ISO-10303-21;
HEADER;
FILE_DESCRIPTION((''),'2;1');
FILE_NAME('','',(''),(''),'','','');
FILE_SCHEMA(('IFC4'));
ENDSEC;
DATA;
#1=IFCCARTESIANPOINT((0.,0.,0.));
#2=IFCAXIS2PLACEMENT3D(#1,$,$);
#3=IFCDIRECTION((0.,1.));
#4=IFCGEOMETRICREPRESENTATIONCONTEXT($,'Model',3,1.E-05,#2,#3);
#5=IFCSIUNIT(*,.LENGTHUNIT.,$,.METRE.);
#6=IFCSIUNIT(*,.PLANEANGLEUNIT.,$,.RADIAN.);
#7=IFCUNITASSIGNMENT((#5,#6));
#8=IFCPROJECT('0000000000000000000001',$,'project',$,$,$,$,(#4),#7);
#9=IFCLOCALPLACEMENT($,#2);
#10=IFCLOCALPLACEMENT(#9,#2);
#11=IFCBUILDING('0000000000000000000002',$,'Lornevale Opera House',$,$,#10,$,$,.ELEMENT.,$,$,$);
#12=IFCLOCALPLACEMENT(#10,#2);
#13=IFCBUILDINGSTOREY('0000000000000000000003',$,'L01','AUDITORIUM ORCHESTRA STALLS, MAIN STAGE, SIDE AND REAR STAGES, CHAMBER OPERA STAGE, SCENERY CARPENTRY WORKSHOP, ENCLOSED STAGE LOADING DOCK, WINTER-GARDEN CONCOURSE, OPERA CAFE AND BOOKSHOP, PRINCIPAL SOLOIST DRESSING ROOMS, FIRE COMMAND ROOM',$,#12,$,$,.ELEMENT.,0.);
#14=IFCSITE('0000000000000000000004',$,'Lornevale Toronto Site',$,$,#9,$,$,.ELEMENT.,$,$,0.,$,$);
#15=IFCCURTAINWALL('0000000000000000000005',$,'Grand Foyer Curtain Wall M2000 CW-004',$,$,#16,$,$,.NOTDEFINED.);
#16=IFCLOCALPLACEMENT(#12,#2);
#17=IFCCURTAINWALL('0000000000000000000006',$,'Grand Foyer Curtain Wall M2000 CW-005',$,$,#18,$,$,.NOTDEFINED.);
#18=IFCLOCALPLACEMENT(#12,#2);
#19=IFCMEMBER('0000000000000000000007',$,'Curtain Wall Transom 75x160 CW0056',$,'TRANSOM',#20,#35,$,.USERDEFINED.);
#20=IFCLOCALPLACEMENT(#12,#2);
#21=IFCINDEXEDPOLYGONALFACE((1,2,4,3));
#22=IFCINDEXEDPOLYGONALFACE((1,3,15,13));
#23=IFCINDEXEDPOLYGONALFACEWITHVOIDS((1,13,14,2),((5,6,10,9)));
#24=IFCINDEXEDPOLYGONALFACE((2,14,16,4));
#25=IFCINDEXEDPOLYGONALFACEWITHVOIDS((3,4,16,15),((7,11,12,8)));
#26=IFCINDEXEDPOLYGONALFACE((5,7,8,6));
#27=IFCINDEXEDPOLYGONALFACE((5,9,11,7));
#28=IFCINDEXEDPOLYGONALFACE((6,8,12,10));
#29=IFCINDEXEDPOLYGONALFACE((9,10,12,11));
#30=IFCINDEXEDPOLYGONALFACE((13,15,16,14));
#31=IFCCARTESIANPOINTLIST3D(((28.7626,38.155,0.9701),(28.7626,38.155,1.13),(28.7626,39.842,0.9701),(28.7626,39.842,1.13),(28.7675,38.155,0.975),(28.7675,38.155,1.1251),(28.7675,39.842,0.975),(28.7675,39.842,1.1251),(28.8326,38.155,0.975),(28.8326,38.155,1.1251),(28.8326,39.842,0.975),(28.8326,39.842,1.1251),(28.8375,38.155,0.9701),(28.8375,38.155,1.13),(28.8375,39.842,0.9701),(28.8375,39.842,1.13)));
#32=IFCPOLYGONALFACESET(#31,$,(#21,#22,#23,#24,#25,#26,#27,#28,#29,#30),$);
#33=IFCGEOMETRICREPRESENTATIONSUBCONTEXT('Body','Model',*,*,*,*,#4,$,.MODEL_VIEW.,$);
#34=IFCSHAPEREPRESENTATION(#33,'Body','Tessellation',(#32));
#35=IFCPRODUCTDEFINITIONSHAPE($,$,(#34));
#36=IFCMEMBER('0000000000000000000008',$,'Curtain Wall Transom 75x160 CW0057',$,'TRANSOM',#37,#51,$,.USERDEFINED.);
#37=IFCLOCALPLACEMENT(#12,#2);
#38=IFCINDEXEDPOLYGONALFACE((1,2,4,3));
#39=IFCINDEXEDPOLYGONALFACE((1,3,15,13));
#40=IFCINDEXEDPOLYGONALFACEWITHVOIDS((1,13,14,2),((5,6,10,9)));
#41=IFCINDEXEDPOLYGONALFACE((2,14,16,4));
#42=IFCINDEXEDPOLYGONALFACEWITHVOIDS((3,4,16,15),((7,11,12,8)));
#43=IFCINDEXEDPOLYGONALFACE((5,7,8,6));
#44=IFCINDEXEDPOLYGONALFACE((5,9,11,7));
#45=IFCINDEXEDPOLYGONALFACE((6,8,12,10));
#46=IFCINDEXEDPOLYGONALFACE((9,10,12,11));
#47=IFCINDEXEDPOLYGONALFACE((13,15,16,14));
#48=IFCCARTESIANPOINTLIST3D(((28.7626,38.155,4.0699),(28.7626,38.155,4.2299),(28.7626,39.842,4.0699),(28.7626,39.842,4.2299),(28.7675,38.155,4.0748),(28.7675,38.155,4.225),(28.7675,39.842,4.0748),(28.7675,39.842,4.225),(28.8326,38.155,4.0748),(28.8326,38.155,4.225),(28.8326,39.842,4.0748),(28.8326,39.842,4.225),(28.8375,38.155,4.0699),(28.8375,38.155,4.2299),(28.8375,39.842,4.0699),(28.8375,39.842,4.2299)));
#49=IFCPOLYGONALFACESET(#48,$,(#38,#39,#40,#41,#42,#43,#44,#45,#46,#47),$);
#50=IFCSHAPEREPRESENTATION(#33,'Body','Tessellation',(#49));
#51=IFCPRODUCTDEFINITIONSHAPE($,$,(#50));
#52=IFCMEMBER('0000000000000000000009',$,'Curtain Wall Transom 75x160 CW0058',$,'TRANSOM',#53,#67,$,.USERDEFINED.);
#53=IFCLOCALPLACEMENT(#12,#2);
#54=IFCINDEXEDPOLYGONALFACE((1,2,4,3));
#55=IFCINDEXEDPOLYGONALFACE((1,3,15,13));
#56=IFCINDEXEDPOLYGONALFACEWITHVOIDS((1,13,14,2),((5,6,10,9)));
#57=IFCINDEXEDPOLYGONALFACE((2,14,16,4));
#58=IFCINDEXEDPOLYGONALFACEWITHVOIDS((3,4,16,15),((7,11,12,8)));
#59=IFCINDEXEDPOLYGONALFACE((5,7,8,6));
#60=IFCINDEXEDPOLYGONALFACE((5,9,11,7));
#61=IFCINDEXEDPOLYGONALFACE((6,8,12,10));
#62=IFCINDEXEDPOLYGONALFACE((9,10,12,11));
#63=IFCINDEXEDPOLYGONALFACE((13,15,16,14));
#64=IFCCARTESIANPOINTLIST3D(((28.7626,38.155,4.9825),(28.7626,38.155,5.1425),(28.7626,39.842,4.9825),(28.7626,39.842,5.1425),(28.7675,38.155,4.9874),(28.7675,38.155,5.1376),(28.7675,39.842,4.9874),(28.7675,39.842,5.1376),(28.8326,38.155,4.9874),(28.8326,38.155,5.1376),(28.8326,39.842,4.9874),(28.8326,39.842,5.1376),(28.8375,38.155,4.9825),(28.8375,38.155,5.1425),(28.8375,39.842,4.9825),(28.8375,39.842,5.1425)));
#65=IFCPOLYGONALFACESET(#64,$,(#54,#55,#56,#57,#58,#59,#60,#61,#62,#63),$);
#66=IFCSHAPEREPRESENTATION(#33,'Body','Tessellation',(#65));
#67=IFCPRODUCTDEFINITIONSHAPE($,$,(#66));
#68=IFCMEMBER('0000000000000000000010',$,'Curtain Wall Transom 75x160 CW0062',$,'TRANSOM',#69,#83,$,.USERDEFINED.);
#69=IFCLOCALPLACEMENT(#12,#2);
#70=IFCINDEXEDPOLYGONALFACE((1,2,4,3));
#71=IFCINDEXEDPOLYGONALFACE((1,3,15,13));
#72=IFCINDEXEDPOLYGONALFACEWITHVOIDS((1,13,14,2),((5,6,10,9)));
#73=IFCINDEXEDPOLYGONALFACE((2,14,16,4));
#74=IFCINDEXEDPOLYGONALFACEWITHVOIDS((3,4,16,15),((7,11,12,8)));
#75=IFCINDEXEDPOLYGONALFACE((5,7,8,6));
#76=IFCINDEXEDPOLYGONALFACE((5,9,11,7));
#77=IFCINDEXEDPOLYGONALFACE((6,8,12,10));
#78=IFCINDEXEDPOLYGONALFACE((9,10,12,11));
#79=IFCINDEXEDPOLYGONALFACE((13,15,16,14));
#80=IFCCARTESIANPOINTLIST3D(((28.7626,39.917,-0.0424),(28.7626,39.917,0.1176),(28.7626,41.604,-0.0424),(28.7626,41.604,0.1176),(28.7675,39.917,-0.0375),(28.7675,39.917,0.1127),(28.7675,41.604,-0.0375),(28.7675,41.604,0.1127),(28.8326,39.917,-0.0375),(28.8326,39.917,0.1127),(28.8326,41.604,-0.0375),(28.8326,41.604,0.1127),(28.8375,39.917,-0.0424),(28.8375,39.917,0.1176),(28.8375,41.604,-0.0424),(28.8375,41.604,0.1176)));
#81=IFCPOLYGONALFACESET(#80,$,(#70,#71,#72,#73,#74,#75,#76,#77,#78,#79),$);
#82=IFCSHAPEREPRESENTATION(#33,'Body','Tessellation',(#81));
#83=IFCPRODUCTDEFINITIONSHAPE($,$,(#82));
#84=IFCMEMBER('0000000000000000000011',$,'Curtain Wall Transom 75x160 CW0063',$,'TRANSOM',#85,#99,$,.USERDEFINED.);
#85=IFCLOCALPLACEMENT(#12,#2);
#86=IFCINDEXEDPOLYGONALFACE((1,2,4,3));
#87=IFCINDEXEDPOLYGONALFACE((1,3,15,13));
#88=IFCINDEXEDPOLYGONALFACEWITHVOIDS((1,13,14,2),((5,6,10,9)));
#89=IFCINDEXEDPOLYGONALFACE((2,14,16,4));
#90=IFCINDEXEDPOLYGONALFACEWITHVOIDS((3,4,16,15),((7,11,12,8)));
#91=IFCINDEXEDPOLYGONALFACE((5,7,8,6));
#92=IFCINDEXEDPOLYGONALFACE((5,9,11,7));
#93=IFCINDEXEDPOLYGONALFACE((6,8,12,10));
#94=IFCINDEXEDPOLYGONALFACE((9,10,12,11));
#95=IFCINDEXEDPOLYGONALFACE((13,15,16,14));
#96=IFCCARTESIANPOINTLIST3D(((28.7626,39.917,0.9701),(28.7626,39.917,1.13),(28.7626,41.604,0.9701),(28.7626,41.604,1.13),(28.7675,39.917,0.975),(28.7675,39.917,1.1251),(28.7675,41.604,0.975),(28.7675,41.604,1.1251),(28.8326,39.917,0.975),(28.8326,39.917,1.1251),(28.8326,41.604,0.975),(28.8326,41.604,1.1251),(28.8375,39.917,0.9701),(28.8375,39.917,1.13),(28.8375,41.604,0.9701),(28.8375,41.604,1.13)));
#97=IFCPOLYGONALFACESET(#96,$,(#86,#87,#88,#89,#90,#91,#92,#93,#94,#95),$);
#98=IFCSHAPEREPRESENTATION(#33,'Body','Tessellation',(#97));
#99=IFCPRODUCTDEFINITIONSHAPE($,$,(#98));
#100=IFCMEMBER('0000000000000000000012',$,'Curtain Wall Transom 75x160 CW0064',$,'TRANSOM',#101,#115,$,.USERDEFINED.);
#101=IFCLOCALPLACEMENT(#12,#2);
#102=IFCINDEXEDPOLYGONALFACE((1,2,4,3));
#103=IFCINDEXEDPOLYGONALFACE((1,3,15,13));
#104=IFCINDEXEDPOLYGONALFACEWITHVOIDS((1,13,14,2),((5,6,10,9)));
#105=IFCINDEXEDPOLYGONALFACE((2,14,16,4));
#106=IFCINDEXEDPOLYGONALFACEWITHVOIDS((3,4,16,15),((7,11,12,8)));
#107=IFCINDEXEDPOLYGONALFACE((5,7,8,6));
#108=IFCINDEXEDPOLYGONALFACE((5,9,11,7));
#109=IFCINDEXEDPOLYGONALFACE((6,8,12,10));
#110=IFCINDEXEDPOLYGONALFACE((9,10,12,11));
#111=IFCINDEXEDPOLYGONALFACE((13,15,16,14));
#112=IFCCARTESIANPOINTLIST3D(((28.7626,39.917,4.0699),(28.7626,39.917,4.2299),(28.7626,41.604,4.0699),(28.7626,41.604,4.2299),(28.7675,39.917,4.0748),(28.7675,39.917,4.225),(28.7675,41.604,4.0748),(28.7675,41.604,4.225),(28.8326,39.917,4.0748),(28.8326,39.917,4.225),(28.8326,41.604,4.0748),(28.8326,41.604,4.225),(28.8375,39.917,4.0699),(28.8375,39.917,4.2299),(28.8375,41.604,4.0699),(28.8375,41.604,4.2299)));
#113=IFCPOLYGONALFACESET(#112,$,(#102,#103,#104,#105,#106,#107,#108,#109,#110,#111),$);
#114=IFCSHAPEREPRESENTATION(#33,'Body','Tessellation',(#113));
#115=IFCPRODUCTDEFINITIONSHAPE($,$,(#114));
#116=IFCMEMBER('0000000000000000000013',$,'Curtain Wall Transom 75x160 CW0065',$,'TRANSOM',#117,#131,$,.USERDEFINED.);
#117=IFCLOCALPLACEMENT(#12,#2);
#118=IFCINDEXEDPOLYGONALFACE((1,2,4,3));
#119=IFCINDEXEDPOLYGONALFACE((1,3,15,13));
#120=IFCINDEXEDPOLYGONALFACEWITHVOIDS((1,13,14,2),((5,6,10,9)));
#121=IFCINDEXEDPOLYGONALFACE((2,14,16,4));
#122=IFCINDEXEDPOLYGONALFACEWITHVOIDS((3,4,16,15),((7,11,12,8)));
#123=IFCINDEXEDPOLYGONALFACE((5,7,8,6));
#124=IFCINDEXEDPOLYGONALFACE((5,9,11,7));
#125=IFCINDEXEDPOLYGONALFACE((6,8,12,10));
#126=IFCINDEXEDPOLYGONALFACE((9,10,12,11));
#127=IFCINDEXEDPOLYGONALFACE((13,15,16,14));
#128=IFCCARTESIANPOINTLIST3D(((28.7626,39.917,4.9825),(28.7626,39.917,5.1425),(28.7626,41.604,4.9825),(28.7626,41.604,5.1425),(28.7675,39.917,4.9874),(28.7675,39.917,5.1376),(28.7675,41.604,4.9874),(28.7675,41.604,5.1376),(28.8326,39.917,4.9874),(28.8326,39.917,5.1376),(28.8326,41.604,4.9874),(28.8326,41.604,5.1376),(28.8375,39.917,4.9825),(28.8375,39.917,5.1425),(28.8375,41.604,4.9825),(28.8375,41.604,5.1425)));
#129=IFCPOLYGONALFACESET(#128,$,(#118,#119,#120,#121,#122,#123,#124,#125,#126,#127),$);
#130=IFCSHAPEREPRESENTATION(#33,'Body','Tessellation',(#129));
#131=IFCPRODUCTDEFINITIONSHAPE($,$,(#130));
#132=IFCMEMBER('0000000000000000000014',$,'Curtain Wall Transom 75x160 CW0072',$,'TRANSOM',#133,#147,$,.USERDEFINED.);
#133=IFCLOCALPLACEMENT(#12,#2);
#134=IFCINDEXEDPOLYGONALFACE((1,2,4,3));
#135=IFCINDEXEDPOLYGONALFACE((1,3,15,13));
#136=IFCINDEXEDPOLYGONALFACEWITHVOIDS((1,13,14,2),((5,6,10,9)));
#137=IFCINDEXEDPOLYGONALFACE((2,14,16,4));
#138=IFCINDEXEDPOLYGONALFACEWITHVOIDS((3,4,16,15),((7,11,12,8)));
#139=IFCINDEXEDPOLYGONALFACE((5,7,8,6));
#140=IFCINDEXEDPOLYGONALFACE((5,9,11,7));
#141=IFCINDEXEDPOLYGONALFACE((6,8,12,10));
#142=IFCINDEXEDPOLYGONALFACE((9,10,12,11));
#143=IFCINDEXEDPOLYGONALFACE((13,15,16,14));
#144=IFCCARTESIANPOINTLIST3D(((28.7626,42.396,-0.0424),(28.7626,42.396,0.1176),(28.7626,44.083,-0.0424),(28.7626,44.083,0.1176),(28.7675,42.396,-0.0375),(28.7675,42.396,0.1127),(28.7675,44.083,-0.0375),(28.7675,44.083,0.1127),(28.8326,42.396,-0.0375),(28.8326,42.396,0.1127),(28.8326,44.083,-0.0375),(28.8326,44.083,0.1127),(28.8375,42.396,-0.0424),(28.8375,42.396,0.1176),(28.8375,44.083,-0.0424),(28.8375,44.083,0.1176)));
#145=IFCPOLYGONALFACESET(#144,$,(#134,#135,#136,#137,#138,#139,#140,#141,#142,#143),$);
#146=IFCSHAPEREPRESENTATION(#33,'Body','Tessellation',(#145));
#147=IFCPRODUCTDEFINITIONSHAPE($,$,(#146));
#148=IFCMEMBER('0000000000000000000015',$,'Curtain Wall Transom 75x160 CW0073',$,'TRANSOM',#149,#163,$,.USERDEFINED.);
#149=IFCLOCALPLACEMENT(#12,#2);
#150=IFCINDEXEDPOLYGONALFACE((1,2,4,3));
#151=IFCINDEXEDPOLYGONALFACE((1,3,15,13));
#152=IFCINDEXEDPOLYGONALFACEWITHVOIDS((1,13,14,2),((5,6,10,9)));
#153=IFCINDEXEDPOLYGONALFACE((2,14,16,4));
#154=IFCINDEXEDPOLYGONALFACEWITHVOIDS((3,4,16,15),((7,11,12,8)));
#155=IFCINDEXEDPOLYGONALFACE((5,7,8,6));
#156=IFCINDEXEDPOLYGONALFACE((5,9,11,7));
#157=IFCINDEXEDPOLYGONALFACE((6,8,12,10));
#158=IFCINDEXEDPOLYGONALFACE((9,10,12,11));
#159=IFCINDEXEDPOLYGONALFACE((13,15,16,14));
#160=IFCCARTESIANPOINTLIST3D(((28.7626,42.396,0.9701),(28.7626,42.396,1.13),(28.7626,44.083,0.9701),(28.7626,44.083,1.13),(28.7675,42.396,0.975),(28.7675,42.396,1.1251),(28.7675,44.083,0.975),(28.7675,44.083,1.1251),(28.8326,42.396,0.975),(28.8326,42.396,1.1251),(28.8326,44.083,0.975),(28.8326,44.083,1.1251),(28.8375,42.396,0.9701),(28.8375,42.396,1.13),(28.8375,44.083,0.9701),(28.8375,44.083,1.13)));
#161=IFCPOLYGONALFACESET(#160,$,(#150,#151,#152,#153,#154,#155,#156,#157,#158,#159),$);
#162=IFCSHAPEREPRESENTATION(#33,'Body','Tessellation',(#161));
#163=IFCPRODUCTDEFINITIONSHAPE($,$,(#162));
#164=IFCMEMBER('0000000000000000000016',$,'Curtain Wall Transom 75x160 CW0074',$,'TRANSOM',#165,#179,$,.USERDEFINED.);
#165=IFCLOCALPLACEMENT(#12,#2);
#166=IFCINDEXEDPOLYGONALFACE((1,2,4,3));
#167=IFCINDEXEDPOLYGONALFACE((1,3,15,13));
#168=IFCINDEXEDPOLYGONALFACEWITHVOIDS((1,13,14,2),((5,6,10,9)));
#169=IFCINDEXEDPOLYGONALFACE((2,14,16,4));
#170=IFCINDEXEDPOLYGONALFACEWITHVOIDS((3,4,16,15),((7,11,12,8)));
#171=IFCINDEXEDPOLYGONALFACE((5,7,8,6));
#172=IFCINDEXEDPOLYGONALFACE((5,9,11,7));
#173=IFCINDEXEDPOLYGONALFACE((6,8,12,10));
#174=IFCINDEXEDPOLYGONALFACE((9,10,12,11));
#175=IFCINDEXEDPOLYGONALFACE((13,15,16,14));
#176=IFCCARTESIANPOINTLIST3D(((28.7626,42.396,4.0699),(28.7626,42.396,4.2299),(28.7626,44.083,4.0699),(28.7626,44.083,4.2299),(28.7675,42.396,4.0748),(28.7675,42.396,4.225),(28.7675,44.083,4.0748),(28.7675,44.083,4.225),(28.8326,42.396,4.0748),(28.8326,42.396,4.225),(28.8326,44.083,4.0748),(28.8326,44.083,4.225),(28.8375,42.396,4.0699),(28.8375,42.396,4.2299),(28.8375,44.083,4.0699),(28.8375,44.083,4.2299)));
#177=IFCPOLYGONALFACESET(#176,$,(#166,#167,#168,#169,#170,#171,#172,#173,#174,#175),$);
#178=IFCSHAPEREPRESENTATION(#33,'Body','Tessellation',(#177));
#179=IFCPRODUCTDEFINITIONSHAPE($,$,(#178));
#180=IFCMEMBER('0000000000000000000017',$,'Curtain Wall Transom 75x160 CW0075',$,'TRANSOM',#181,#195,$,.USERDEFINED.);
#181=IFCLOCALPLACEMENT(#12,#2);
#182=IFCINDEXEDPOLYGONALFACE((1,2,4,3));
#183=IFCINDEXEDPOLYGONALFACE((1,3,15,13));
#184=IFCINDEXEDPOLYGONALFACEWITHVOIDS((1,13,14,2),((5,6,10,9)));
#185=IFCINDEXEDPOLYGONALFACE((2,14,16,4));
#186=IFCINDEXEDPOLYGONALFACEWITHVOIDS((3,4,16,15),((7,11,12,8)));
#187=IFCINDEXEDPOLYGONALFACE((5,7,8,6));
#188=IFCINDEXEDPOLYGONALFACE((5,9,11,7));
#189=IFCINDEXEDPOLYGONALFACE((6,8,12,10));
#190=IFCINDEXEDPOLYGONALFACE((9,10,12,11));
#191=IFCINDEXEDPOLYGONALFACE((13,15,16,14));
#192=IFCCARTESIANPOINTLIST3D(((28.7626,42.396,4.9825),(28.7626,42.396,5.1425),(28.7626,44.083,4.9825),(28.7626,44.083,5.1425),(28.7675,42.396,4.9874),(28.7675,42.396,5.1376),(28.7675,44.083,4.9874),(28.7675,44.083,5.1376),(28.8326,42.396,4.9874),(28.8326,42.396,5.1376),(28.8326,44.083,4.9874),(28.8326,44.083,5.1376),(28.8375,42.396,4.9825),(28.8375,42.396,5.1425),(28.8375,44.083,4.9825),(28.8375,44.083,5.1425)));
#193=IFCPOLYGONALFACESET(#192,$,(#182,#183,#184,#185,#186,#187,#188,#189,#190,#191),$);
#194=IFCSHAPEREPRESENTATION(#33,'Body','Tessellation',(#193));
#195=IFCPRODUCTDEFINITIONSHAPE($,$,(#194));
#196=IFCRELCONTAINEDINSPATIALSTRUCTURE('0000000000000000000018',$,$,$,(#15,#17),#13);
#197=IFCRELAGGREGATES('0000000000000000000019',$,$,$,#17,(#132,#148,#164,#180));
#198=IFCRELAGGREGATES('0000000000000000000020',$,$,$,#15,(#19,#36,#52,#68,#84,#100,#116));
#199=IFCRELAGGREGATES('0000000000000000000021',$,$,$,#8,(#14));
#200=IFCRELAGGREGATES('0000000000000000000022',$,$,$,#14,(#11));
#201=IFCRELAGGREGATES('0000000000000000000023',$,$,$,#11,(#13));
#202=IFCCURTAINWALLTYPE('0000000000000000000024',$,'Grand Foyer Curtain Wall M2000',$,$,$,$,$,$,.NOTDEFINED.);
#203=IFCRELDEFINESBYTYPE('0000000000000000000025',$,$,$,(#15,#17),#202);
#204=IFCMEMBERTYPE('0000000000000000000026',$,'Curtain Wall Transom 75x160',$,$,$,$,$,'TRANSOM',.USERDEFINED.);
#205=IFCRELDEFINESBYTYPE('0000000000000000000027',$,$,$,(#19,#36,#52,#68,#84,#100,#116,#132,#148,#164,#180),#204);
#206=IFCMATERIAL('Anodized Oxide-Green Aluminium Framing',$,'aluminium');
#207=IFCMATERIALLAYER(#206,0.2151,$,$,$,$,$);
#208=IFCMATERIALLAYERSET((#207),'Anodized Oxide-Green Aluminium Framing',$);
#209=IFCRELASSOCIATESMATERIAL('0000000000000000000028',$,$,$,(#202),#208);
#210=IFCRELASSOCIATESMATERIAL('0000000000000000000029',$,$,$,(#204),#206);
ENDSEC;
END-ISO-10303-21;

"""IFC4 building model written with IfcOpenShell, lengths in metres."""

from ifc_helpers import new_model, si_unit, direction, frame, origin, origin_2d, place, context, subcontext, project, spatial, hollow_rectangle, extrude, material, layer, layer_set, material_profile, profile_set, type_object, element, aggregate, save


model = new_model("IFC4")

# Units and contexts
model_context = context("Model", 3, precision=1e-05, world=origin(), true_north=direction((0.0, 1.0)))
body_context = subcontext(model_context, "Body", "Model", "MODEL_VIEW")
ifc_project = project(units=[si_unit("LENGTHUNIT", "METRE"), si_unit("PLANEANGLEUNIT", "RADIAN")], contexts=[model_context])

# Site, building, storey
site_placement = place(None, origin())
site = spatial("IfcSite", under=ifc_project, at=site_placement, Name="Lornevale Toronto Site", CompositionType="ELEMENT", RefElevation=0.0)
building_placement = place(site_placement, origin())
building = spatial("IfcBuilding", under=site, at=building_placement, Name="Lornevale Opera House", CompositionType="ELEMENT")
storey_placement = place(building_placement, origin())
storey = spatial("IfcBuildingStorey", under=building, at=storey_placement, Name="L01", Description="AUDITORIUM ORCHESTRA STALLS, MAIN STAGE, SIDE AND REAR STAGES, CHAMBER OPERA STAGE, SCENERY CARPENTRY WORKSHOP, ENCLOSED STAGE LOADING DOCK, WINTER-GARDEN CONCOURSE, OPERA CAFE AND BOOKSHOP, PRINCIPAL SOLOIST DRESSING ROOMS, FIRE COMMAND ROOM", CompositionType="ELEMENT", Elevation=0.0)

# Shared definitions
ifc_material_1 = material(Name="Anodized Oxide-Green Aluminium Framing", Category="aluminium")
ifc_layer_1 = layer(ifc_material_1, 0.2151)
ifc_layer_set_1 = layer_set([ifc_layer_1], Name="Anodized Oxide-Green Aluminium Framing")
curtain_wall_type = type_object("IfcCurtainWallType", Name="Grand Foyer Curtain Wall M2000", PredefinedType="NOTDEFINED", material=ifc_layer_set_1)

# Curtain wall
curtain_wall_1_placement = place(storey_placement, origin())
curtain_wall_1 = element("IfcCurtainWall", 1, at=curtain_wall_1_placement, inside=storey, type_object=curtain_wall_type, Name="Grand Foyer Curtain Wall M2000 CW-004", PredefinedType="NOTDEFINED")

# Curtain wall
curtain_wall_2_placement = place(storey_placement, origin())
curtain_wall_2 = element("IfcCurtainWall", 2, at=curtain_wall_2_placement, inside=storey, type_object=curtain_wall_type, Name="Grand Foyer Curtain Wall M2000 CW-005", PredefinedType="NOTDEFINED")

# Members
ifc_material_profile_1 = material_profile(ifc_material_1, hollow_rectangle(XDim=0.075, YDim=0.1599, WallThickness=0.0049, at=origin_2d()), Name="ALU75x160x5")
ifc_profile_set_1 = profile_set([ifc_material_profile_1], Name="Anodized Oxide-Green Aluminium Framing")
member_type_1 = type_object("IfcMemberType", Name="Curtain Wall Transom 75x160", ElementType="TRANSOM", PredefinedType="USERDEFINED", material=ifc_profile_set_1)
member_1_placement = place(storey_placement, frame((28.8, 38.155, 1.05), z_axis=(0.0, 1.0, 0.0), x_axis=(-1.0, 0.0, 0.0)))
member_1 = element("IfcMember", 3, at=member_1_placement, type_object=member_type_1, Name="Curtain Wall Transom 75x160 CW0056", ObjectType="TRANSOM", PredefinedType="USERDEFINED", context=body_context, shape_type="SweptSolid", body=[
    extrude(hollow_rectangle(XDim=0.075, YDim=0.1599, WallThickness=0.0049, at=origin_2d()), origin(), (0.0, 0.0, 1.0), 1.687),
])
member_2_placement = place(storey_placement, frame((28.8, 38.155, 4.1499), z_axis=(0.0, 1.0, 0.0), x_axis=(-1.0, 0.0, 0.0)))
member_2 = element("IfcMember", 4, at=member_2_placement, type_object=member_type_1, Name="Curtain Wall Transom 75x160 CW0057", ObjectType="TRANSOM", PredefinedType="USERDEFINED", context=body_context, shape_type="SweptSolid", body=[
    extrude(hollow_rectangle(XDim=0.075, YDim=0.1599, WallThickness=0.0049, at=origin_2d()), origin(), (0.0, 0.0, 1.0), 1.687),
])
member_3_placement = place(storey_placement, frame((28.8, 38.155, 5.0625), z_axis=(0.0, 1.0, 0.0), x_axis=(-1.0, 0.0, 0.0)))
member_3 = element("IfcMember", 5, at=member_3_placement, type_object=member_type_1, Name="Curtain Wall Transom 75x160 CW0058", ObjectType="TRANSOM", PredefinedType="USERDEFINED", context=body_context, shape_type="SweptSolid", body=[
    extrude(hollow_rectangle(XDim=0.075, YDim=0.1599, WallThickness=0.0049, at=origin_2d()), origin(), (0.0, 0.0, 1.0), 1.687),
])
member_4_placement = place(storey_placement, frame((28.8, 39.917, 0.0376), z_axis=(0.0, 1.0, 0.0), x_axis=(-1.0, 0.0, 0.0)))
member_4 = element("IfcMember", 6, at=member_4_placement, type_object=member_type_1, Name="Curtain Wall Transom 75x160 CW0062", ObjectType="TRANSOM", PredefinedType="USERDEFINED", context=body_context, shape_type="SweptSolid", body=[
    extrude(hollow_rectangle(XDim=0.075, YDim=0.1599, WallThickness=0.0049, at=origin_2d()), origin(), (0.0, 0.0, 1.0), 1.687),
])
member_5_placement = place(storey_placement, frame((28.8, 39.917, 1.05), z_axis=(0.0, 1.0, 0.0), x_axis=(-1.0, 0.0, 0.0)))
member_5 = element("IfcMember", 7, at=member_5_placement, type_object=member_type_1, Name="Curtain Wall Transom 75x160 CW0063", ObjectType="TRANSOM", PredefinedType="USERDEFINED", context=body_context, shape_type="SweptSolid", body=[
    extrude(hollow_rectangle(XDim=0.075, YDim=0.1599, WallThickness=0.0049, at=origin_2d()), origin(), (0.0, 0.0, 1.0), 1.687),
])
member_6_placement = place(storey_placement, frame((28.8, 39.917, 4.1499), z_axis=(0.0, 1.0, 0.0), x_axis=(-1.0, 0.0, 0.0)))
member_6 = element("IfcMember", 8, at=member_6_placement, type_object=member_type_1, Name="Curtain Wall Transom 75x160 CW0064", ObjectType="TRANSOM", PredefinedType="USERDEFINED", context=body_context, shape_type="SweptSolid", body=[
    extrude(hollow_rectangle(XDim=0.075, YDim=0.1599, WallThickness=0.0049, at=origin_2d()), origin(), (0.0, 0.0, 1.0), 1.687),
])
member_7_placement = place(storey_placement, frame((28.8, 39.917, 5.0625), z_axis=(0.0, 1.0, 0.0), x_axis=(-1.0, 0.0, 0.0)))
member_7 = element("IfcMember", 9, at=member_7_placement, type_object=member_type_1, Name="Curtain Wall Transom 75x160 CW0065", ObjectType="TRANSOM", PredefinedType="USERDEFINED", context=body_context, shape_type="SweptSolid", body=[
    extrude(hollow_rectangle(XDim=0.075, YDim=0.1599, WallThickness=0.0049, at=origin_2d()), origin(), (0.0, 0.0, 1.0), 1.687),
])
member_8_placement = place(storey_placement, frame((28.8, 42.396, 0.0376), z_axis=(0.0, 1.0, 0.0), x_axis=(-1.0, 0.0, 0.0)))
member_8 = element("IfcMember", 10, at=member_8_placement, type_object=member_type_1, Name="Curtain Wall Transom 75x160 CW0072", ObjectType="TRANSOM", PredefinedType="USERDEFINED", context=body_context, shape_type="SweptSolid", body=[
    extrude(hollow_rectangle(XDim=0.075, YDim=0.1599, WallThickness=0.0049, at=origin_2d()), origin(), (0.0, 0.0, 1.0), 1.687),
])
member_9_placement = place(storey_placement, frame((28.8, 42.396, 1.05), z_axis=(0.0, 1.0, 0.0), x_axis=(-1.0, 0.0, 0.0)))
member_9 = element("IfcMember", 11, at=member_9_placement, type_object=member_type_1, Name="Curtain Wall Transom 75x160 CW0073", ObjectType="TRANSOM", PredefinedType="USERDEFINED", context=body_context, shape_type="SweptSolid", body=[
    extrude(hollow_rectangle(XDim=0.075, YDim=0.1599, WallThickness=0.0049, at=origin_2d()), origin(), (0.0, 0.0, 1.0), 1.687),
])
member_10_placement = place(storey_placement, frame((28.8, 42.396, 4.1499), z_axis=(0.0, 1.0, 0.0), x_axis=(-1.0, 0.0, 0.0)))
member_10 = element("IfcMember", 12, at=member_10_placement, type_object=member_type_1, Name="Curtain Wall Transom 75x160 CW0074", ObjectType="TRANSOM", PredefinedType="USERDEFINED", context=body_context, shape_type="SweptSolid", body=[
    extrude(hollow_rectangle(XDim=0.075, YDim=0.1599, WallThickness=0.0049, at=origin_2d()), origin(), (0.0, 0.0, 1.0), 1.687),
])
member_11_placement = place(storey_placement, frame((28.8, 42.396, 5.0625), z_axis=(0.0, 1.0, 0.0), x_axis=(-1.0, 0.0, 0.0)))
member_11 = element("IfcMember", 13, at=member_11_placement, type_object=member_type_1, Name="Curtain Wall Transom 75x160 CW0075", ObjectType="TRANSOM", PredefinedType="USERDEFINED", context=body_context, shape_type="SweptSolid", body=[
    extrude(hollow_rectangle(XDim=0.075, YDim=0.1599, WallThickness=0.0049, at=origin_2d()), origin(), (0.0, 0.0, 1.0), 1.687),
])
aggregate(curtain_wall_2, [member_8, member_9, member_10, member_11])

aggregate(curtain_wall_1, [member_1, member_2, member_3, member_4, member_5, member_6, member_7])

save(model, "model.ifc")
